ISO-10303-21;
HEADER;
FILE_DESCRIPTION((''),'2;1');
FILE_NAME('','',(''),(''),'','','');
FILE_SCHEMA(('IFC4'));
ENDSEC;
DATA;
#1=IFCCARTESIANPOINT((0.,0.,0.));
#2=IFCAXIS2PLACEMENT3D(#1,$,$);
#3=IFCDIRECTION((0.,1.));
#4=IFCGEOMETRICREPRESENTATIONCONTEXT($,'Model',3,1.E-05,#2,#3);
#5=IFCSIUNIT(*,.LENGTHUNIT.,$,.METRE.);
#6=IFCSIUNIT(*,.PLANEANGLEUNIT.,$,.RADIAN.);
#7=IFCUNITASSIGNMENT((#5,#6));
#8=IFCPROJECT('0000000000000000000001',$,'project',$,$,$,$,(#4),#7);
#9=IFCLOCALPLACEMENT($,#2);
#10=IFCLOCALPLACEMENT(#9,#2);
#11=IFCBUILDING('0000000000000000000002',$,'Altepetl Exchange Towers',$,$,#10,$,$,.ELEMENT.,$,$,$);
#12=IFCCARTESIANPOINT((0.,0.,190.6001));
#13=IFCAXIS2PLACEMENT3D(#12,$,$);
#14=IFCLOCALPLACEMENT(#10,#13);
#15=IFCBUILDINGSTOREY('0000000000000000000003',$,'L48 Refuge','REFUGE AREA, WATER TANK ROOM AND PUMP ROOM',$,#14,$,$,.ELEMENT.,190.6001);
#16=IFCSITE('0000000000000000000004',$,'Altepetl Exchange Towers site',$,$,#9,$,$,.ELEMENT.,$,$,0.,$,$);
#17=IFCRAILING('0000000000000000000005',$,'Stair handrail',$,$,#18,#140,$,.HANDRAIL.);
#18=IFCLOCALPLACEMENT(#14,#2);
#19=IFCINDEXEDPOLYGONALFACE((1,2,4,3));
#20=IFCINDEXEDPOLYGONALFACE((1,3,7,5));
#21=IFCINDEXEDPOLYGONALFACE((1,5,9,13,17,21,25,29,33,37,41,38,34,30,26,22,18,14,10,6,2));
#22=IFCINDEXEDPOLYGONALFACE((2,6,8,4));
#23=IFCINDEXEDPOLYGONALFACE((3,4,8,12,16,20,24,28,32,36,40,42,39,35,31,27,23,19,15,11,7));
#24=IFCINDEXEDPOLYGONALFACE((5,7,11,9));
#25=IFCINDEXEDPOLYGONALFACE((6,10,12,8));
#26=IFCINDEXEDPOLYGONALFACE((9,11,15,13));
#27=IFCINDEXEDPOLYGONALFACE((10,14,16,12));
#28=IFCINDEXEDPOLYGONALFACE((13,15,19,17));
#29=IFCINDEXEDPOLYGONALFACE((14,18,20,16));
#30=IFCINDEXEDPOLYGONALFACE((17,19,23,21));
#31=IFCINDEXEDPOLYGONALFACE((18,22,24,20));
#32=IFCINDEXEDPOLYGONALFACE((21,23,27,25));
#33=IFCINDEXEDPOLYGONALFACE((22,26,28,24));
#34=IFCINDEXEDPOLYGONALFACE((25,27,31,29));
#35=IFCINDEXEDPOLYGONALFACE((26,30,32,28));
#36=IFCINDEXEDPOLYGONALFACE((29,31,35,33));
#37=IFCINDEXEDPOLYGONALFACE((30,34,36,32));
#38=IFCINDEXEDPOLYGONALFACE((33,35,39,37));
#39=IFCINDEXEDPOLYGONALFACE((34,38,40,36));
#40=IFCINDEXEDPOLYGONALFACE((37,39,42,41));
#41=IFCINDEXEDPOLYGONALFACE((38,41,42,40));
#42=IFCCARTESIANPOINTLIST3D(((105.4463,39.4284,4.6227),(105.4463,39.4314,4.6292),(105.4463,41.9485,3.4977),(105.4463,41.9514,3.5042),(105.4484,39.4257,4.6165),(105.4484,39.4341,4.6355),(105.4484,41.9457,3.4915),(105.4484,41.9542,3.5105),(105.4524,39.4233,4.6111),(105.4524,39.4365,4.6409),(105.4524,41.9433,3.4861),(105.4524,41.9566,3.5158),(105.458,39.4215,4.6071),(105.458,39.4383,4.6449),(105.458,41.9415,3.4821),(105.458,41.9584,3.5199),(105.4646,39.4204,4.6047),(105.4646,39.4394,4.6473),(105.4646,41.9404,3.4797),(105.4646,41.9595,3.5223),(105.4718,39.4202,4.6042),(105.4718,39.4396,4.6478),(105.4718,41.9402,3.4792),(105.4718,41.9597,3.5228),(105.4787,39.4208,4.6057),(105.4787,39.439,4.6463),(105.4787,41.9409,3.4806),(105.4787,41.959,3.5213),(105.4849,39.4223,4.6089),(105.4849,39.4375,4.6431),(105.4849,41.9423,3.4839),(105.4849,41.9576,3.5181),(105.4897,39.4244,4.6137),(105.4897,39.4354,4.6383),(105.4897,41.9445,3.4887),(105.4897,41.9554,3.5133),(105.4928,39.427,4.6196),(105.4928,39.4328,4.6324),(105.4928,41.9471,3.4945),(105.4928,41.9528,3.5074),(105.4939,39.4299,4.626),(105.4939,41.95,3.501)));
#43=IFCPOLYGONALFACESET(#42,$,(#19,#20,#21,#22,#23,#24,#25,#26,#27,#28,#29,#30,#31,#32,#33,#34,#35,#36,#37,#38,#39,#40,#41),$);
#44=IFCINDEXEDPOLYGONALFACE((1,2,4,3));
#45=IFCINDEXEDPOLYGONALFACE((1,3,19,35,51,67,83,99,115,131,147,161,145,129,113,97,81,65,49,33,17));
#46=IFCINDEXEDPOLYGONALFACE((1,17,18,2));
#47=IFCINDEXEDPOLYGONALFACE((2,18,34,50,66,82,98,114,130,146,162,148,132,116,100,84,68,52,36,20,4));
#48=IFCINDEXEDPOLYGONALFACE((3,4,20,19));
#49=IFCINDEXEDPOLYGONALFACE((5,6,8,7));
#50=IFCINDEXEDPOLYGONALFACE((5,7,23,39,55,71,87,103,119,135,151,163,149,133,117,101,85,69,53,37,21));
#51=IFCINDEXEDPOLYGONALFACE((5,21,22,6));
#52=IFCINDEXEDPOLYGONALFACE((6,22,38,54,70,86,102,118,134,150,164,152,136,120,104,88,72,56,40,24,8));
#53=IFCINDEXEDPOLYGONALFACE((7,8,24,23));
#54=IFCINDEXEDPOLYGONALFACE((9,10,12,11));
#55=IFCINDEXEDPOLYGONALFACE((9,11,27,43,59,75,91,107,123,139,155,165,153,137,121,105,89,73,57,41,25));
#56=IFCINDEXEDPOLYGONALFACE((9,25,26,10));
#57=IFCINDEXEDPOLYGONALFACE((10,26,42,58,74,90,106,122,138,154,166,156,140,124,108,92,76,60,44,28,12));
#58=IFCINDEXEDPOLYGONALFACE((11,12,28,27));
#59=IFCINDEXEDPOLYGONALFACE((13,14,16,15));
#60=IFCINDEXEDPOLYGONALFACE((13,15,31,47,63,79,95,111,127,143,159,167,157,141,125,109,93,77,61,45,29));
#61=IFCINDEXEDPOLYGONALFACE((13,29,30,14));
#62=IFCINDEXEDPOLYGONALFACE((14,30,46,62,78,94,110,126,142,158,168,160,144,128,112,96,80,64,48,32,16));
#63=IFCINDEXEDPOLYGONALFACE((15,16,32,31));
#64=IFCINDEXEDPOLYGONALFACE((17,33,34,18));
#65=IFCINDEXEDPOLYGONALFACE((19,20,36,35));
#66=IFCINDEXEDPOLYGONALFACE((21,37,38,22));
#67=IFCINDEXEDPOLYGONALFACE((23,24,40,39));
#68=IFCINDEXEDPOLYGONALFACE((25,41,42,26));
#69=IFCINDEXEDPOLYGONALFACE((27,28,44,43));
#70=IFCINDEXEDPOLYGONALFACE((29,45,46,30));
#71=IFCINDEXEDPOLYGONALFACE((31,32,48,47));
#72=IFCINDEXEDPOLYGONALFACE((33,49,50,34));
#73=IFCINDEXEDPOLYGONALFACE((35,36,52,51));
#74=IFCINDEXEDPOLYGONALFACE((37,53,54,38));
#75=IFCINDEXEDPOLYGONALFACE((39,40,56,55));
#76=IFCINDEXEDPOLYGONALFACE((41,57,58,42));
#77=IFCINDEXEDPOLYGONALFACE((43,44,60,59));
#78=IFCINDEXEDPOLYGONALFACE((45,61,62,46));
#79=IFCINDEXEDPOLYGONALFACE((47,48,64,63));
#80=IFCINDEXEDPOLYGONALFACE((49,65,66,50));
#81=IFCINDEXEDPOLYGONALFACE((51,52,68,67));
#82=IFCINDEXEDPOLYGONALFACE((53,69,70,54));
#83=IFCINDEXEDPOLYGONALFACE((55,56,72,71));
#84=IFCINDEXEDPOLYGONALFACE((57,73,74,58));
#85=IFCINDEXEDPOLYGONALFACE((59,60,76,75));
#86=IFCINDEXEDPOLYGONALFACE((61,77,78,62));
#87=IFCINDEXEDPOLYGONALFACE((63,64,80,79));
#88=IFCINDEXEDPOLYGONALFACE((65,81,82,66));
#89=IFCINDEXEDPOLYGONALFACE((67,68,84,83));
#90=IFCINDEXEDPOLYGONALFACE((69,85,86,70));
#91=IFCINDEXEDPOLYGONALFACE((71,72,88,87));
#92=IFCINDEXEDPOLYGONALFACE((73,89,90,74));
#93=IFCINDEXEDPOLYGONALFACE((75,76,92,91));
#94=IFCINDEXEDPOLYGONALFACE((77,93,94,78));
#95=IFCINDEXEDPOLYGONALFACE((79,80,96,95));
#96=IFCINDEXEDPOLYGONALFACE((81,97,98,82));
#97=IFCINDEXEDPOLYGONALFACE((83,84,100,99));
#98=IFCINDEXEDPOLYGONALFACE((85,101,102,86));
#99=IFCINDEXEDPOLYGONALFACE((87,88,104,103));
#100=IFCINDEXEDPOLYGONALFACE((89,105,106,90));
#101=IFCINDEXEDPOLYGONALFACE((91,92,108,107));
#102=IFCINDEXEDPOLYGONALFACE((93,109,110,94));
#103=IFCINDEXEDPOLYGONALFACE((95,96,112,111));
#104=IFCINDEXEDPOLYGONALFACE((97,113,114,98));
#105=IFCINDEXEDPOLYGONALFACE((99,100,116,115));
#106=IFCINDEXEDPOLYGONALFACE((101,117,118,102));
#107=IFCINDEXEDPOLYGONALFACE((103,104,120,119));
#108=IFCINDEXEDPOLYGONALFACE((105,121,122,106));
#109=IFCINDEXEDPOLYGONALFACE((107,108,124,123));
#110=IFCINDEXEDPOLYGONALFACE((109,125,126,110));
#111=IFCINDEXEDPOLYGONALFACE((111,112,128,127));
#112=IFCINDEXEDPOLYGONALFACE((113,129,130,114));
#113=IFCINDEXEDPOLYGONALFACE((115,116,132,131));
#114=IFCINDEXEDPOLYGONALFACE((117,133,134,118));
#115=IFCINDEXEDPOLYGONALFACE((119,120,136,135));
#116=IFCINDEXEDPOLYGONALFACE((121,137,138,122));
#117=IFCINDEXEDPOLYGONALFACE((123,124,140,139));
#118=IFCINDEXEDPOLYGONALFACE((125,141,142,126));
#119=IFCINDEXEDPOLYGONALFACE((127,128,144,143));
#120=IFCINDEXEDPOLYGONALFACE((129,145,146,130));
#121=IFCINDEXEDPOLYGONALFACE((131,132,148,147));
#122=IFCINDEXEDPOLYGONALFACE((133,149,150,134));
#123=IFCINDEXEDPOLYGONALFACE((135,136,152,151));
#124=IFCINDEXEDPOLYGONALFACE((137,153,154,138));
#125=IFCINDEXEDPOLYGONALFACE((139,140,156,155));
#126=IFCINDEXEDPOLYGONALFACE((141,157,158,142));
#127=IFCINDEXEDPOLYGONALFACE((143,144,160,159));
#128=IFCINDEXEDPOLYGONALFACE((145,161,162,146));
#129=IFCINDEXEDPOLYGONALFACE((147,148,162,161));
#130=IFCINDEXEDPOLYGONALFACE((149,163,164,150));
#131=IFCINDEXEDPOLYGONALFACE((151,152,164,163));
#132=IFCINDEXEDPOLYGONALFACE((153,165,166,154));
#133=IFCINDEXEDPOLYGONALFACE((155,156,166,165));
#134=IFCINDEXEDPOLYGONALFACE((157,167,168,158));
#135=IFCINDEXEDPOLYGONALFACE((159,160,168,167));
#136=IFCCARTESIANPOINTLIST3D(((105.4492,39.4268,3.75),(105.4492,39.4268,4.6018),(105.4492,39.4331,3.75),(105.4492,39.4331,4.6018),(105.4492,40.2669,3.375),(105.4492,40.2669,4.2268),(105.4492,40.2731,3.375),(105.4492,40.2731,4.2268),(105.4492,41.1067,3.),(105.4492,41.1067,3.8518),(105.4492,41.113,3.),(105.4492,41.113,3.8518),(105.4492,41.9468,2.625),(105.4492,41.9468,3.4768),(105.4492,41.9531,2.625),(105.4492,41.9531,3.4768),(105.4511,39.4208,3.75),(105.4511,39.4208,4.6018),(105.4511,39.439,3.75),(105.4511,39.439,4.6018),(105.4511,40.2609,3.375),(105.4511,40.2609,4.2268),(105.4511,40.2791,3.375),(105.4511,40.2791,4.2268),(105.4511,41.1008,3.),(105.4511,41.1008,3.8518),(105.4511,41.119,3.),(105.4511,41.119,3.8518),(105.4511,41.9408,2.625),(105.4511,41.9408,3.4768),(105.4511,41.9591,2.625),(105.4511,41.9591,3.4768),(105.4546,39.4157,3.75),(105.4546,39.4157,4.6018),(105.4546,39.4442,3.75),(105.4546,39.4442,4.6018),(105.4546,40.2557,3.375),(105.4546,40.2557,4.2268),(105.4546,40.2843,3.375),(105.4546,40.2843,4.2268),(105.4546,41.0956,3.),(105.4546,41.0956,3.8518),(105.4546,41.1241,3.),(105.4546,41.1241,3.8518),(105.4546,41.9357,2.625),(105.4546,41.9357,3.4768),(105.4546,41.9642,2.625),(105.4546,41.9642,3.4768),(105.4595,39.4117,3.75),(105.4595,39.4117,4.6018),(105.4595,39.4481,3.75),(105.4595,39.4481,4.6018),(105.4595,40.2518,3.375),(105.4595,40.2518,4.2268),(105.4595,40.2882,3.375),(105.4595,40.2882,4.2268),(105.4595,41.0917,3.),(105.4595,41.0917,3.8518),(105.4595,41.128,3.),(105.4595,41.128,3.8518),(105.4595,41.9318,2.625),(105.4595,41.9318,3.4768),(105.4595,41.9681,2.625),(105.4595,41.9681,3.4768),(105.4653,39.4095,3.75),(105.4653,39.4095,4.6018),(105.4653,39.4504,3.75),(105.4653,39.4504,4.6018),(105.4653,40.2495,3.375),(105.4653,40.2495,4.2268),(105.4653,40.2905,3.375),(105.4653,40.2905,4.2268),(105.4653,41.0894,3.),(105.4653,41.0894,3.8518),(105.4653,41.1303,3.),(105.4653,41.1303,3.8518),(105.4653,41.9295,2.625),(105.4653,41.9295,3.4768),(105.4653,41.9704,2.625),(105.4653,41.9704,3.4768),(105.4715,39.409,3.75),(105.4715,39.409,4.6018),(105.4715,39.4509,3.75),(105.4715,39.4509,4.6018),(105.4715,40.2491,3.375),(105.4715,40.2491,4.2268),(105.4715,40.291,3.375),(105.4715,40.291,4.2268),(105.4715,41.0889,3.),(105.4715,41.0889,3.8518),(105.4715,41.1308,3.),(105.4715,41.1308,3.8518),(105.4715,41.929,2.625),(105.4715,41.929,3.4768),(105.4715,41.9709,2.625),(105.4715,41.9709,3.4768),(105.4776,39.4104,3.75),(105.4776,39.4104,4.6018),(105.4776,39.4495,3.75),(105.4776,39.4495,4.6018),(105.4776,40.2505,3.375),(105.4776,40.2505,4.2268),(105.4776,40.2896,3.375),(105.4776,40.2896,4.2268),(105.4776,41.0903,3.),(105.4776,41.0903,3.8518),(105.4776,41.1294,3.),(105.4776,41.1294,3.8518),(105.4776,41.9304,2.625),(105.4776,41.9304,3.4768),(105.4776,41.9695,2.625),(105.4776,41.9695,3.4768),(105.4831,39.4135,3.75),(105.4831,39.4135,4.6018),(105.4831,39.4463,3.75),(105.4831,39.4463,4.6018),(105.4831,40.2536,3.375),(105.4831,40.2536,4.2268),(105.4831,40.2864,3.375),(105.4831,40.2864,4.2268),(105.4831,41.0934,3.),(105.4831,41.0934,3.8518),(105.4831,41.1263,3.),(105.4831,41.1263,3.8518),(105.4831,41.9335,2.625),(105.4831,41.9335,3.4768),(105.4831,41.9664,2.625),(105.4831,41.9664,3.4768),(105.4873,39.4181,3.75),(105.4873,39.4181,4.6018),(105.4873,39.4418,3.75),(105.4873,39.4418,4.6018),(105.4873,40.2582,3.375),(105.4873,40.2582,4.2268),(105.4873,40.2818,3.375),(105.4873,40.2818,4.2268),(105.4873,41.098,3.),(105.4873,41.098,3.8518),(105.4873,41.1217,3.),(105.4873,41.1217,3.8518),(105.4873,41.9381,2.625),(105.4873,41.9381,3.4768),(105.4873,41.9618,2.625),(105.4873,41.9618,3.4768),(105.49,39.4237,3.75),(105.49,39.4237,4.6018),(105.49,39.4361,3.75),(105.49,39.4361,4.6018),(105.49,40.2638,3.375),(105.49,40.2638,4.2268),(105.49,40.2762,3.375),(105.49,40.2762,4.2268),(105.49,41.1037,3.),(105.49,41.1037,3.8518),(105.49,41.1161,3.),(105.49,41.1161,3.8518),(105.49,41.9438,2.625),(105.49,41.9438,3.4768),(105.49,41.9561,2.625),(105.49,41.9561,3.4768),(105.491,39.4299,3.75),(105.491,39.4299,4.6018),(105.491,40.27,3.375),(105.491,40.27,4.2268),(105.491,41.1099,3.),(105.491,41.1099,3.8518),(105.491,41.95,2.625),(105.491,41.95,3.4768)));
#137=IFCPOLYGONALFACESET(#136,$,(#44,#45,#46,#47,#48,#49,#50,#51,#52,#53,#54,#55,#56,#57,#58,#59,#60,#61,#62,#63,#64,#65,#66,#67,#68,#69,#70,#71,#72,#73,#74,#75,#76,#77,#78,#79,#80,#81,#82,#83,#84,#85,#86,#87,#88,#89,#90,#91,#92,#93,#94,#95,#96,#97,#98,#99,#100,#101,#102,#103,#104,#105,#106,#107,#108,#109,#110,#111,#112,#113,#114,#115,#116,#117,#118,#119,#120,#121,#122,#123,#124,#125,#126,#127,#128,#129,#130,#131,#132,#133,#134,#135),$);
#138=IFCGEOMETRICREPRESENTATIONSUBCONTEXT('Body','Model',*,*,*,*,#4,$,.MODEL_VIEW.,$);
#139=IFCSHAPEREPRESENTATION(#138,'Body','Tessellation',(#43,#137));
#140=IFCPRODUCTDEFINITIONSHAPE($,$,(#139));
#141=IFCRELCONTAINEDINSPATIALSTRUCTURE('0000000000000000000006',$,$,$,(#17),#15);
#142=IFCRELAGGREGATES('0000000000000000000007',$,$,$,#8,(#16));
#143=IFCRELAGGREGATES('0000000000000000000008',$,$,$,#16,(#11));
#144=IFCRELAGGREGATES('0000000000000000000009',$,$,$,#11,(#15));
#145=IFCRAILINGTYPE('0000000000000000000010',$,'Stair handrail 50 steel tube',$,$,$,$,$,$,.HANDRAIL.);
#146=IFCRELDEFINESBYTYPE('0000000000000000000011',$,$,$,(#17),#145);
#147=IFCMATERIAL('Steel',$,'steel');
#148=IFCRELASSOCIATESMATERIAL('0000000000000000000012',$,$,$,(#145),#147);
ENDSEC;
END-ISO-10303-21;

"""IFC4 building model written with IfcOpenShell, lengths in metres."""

from ifc_helpers import new_model, si_unit, direction, frame, origin, origin_2d, place, context, subcontext, project, spatial, circle, extrude, source, transform, mapped, material, type_object, element, save


model = new_model("IFC4")

# Units and contexts
model_context = context("Model", 3, precision=1e-05, world=origin(), true_north=direction((0.0, 1.0)))
body_context = subcontext(model_context, "Body", "Model", "MODEL_VIEW")
ifc_project = project(units=[si_unit("LENGTHUNIT", "METRE"), si_unit("PLANEANGLEUNIT", "RADIAN")], contexts=[model_context])

# Site, building, storey
site_placement = place(None, origin())
site = spatial("IfcSite", under=ifc_project, at=site_placement, Name="Altepetl Exchange Towers site", CompositionType="ELEMENT", RefElevation=0.0)
building_placement = place(site_placement, origin())
building = spatial("IfcBuilding", under=site, at=building_placement, Name="Altepetl Exchange Towers", CompositionType="ELEMENT")
storey_placement = place(building_placement, frame((0.0, 0.0, 190.6001)))
storey = spatial("IfcBuildingStorey", under=building, at=storey_placement, Name="L48 Refuge", Description="REFUGE AREA, WATER TANK ROOM AND PUMP ROOM", CompositionType="ELEMENT", Elevation=190.6001)

# Railing
ifc_material_1 = material(Name="Steel", Category="steel")
railing_type = type_object("IfcRailingType", Name="Stair handrail 50 steel tube", PredefinedType="HANDRAIL", material=ifc_material_1)
shared_shape = source(origin(), body_context, "Body", "SweptSolid", [
    extrude(circle(Radius=0.021, at=origin_2d()), origin(), (0.0, 0.0, 1.0), 0.8518),
])
railing_1_placement = place(storey_placement, frame((105.47, 41.95, 2.625)))
element("IfcRailing", 1, at=railing_1_placement, inside=storey, type_object=railing_type, Name="Stair handrail", PredefinedType="HANDRAIL", context=body_context, shape_type="SweptSolid", body=[
    extrude(circle(Radius=0.0239, at=origin_2d()), frame((0.0, 0.0, 0.876), z_axis=(0.0, -0.913139, 0.407648), x_axis=(1.0, 0.0, 0.0)), (0.0, 0.0, 1.0), 2.7598),
    mapped(shared_shape, transform((0.0, 0.0, 0.0))),
    mapped(shared_shape, transform((0.0, -0.8401, 0.375))),
    mapped(shared_shape, transform((0.0, -1.6799, 0.75))),
    mapped(shared_shape, transform((0.0, -2.52, 1.125))),
])

save(model, "model.ifc")
